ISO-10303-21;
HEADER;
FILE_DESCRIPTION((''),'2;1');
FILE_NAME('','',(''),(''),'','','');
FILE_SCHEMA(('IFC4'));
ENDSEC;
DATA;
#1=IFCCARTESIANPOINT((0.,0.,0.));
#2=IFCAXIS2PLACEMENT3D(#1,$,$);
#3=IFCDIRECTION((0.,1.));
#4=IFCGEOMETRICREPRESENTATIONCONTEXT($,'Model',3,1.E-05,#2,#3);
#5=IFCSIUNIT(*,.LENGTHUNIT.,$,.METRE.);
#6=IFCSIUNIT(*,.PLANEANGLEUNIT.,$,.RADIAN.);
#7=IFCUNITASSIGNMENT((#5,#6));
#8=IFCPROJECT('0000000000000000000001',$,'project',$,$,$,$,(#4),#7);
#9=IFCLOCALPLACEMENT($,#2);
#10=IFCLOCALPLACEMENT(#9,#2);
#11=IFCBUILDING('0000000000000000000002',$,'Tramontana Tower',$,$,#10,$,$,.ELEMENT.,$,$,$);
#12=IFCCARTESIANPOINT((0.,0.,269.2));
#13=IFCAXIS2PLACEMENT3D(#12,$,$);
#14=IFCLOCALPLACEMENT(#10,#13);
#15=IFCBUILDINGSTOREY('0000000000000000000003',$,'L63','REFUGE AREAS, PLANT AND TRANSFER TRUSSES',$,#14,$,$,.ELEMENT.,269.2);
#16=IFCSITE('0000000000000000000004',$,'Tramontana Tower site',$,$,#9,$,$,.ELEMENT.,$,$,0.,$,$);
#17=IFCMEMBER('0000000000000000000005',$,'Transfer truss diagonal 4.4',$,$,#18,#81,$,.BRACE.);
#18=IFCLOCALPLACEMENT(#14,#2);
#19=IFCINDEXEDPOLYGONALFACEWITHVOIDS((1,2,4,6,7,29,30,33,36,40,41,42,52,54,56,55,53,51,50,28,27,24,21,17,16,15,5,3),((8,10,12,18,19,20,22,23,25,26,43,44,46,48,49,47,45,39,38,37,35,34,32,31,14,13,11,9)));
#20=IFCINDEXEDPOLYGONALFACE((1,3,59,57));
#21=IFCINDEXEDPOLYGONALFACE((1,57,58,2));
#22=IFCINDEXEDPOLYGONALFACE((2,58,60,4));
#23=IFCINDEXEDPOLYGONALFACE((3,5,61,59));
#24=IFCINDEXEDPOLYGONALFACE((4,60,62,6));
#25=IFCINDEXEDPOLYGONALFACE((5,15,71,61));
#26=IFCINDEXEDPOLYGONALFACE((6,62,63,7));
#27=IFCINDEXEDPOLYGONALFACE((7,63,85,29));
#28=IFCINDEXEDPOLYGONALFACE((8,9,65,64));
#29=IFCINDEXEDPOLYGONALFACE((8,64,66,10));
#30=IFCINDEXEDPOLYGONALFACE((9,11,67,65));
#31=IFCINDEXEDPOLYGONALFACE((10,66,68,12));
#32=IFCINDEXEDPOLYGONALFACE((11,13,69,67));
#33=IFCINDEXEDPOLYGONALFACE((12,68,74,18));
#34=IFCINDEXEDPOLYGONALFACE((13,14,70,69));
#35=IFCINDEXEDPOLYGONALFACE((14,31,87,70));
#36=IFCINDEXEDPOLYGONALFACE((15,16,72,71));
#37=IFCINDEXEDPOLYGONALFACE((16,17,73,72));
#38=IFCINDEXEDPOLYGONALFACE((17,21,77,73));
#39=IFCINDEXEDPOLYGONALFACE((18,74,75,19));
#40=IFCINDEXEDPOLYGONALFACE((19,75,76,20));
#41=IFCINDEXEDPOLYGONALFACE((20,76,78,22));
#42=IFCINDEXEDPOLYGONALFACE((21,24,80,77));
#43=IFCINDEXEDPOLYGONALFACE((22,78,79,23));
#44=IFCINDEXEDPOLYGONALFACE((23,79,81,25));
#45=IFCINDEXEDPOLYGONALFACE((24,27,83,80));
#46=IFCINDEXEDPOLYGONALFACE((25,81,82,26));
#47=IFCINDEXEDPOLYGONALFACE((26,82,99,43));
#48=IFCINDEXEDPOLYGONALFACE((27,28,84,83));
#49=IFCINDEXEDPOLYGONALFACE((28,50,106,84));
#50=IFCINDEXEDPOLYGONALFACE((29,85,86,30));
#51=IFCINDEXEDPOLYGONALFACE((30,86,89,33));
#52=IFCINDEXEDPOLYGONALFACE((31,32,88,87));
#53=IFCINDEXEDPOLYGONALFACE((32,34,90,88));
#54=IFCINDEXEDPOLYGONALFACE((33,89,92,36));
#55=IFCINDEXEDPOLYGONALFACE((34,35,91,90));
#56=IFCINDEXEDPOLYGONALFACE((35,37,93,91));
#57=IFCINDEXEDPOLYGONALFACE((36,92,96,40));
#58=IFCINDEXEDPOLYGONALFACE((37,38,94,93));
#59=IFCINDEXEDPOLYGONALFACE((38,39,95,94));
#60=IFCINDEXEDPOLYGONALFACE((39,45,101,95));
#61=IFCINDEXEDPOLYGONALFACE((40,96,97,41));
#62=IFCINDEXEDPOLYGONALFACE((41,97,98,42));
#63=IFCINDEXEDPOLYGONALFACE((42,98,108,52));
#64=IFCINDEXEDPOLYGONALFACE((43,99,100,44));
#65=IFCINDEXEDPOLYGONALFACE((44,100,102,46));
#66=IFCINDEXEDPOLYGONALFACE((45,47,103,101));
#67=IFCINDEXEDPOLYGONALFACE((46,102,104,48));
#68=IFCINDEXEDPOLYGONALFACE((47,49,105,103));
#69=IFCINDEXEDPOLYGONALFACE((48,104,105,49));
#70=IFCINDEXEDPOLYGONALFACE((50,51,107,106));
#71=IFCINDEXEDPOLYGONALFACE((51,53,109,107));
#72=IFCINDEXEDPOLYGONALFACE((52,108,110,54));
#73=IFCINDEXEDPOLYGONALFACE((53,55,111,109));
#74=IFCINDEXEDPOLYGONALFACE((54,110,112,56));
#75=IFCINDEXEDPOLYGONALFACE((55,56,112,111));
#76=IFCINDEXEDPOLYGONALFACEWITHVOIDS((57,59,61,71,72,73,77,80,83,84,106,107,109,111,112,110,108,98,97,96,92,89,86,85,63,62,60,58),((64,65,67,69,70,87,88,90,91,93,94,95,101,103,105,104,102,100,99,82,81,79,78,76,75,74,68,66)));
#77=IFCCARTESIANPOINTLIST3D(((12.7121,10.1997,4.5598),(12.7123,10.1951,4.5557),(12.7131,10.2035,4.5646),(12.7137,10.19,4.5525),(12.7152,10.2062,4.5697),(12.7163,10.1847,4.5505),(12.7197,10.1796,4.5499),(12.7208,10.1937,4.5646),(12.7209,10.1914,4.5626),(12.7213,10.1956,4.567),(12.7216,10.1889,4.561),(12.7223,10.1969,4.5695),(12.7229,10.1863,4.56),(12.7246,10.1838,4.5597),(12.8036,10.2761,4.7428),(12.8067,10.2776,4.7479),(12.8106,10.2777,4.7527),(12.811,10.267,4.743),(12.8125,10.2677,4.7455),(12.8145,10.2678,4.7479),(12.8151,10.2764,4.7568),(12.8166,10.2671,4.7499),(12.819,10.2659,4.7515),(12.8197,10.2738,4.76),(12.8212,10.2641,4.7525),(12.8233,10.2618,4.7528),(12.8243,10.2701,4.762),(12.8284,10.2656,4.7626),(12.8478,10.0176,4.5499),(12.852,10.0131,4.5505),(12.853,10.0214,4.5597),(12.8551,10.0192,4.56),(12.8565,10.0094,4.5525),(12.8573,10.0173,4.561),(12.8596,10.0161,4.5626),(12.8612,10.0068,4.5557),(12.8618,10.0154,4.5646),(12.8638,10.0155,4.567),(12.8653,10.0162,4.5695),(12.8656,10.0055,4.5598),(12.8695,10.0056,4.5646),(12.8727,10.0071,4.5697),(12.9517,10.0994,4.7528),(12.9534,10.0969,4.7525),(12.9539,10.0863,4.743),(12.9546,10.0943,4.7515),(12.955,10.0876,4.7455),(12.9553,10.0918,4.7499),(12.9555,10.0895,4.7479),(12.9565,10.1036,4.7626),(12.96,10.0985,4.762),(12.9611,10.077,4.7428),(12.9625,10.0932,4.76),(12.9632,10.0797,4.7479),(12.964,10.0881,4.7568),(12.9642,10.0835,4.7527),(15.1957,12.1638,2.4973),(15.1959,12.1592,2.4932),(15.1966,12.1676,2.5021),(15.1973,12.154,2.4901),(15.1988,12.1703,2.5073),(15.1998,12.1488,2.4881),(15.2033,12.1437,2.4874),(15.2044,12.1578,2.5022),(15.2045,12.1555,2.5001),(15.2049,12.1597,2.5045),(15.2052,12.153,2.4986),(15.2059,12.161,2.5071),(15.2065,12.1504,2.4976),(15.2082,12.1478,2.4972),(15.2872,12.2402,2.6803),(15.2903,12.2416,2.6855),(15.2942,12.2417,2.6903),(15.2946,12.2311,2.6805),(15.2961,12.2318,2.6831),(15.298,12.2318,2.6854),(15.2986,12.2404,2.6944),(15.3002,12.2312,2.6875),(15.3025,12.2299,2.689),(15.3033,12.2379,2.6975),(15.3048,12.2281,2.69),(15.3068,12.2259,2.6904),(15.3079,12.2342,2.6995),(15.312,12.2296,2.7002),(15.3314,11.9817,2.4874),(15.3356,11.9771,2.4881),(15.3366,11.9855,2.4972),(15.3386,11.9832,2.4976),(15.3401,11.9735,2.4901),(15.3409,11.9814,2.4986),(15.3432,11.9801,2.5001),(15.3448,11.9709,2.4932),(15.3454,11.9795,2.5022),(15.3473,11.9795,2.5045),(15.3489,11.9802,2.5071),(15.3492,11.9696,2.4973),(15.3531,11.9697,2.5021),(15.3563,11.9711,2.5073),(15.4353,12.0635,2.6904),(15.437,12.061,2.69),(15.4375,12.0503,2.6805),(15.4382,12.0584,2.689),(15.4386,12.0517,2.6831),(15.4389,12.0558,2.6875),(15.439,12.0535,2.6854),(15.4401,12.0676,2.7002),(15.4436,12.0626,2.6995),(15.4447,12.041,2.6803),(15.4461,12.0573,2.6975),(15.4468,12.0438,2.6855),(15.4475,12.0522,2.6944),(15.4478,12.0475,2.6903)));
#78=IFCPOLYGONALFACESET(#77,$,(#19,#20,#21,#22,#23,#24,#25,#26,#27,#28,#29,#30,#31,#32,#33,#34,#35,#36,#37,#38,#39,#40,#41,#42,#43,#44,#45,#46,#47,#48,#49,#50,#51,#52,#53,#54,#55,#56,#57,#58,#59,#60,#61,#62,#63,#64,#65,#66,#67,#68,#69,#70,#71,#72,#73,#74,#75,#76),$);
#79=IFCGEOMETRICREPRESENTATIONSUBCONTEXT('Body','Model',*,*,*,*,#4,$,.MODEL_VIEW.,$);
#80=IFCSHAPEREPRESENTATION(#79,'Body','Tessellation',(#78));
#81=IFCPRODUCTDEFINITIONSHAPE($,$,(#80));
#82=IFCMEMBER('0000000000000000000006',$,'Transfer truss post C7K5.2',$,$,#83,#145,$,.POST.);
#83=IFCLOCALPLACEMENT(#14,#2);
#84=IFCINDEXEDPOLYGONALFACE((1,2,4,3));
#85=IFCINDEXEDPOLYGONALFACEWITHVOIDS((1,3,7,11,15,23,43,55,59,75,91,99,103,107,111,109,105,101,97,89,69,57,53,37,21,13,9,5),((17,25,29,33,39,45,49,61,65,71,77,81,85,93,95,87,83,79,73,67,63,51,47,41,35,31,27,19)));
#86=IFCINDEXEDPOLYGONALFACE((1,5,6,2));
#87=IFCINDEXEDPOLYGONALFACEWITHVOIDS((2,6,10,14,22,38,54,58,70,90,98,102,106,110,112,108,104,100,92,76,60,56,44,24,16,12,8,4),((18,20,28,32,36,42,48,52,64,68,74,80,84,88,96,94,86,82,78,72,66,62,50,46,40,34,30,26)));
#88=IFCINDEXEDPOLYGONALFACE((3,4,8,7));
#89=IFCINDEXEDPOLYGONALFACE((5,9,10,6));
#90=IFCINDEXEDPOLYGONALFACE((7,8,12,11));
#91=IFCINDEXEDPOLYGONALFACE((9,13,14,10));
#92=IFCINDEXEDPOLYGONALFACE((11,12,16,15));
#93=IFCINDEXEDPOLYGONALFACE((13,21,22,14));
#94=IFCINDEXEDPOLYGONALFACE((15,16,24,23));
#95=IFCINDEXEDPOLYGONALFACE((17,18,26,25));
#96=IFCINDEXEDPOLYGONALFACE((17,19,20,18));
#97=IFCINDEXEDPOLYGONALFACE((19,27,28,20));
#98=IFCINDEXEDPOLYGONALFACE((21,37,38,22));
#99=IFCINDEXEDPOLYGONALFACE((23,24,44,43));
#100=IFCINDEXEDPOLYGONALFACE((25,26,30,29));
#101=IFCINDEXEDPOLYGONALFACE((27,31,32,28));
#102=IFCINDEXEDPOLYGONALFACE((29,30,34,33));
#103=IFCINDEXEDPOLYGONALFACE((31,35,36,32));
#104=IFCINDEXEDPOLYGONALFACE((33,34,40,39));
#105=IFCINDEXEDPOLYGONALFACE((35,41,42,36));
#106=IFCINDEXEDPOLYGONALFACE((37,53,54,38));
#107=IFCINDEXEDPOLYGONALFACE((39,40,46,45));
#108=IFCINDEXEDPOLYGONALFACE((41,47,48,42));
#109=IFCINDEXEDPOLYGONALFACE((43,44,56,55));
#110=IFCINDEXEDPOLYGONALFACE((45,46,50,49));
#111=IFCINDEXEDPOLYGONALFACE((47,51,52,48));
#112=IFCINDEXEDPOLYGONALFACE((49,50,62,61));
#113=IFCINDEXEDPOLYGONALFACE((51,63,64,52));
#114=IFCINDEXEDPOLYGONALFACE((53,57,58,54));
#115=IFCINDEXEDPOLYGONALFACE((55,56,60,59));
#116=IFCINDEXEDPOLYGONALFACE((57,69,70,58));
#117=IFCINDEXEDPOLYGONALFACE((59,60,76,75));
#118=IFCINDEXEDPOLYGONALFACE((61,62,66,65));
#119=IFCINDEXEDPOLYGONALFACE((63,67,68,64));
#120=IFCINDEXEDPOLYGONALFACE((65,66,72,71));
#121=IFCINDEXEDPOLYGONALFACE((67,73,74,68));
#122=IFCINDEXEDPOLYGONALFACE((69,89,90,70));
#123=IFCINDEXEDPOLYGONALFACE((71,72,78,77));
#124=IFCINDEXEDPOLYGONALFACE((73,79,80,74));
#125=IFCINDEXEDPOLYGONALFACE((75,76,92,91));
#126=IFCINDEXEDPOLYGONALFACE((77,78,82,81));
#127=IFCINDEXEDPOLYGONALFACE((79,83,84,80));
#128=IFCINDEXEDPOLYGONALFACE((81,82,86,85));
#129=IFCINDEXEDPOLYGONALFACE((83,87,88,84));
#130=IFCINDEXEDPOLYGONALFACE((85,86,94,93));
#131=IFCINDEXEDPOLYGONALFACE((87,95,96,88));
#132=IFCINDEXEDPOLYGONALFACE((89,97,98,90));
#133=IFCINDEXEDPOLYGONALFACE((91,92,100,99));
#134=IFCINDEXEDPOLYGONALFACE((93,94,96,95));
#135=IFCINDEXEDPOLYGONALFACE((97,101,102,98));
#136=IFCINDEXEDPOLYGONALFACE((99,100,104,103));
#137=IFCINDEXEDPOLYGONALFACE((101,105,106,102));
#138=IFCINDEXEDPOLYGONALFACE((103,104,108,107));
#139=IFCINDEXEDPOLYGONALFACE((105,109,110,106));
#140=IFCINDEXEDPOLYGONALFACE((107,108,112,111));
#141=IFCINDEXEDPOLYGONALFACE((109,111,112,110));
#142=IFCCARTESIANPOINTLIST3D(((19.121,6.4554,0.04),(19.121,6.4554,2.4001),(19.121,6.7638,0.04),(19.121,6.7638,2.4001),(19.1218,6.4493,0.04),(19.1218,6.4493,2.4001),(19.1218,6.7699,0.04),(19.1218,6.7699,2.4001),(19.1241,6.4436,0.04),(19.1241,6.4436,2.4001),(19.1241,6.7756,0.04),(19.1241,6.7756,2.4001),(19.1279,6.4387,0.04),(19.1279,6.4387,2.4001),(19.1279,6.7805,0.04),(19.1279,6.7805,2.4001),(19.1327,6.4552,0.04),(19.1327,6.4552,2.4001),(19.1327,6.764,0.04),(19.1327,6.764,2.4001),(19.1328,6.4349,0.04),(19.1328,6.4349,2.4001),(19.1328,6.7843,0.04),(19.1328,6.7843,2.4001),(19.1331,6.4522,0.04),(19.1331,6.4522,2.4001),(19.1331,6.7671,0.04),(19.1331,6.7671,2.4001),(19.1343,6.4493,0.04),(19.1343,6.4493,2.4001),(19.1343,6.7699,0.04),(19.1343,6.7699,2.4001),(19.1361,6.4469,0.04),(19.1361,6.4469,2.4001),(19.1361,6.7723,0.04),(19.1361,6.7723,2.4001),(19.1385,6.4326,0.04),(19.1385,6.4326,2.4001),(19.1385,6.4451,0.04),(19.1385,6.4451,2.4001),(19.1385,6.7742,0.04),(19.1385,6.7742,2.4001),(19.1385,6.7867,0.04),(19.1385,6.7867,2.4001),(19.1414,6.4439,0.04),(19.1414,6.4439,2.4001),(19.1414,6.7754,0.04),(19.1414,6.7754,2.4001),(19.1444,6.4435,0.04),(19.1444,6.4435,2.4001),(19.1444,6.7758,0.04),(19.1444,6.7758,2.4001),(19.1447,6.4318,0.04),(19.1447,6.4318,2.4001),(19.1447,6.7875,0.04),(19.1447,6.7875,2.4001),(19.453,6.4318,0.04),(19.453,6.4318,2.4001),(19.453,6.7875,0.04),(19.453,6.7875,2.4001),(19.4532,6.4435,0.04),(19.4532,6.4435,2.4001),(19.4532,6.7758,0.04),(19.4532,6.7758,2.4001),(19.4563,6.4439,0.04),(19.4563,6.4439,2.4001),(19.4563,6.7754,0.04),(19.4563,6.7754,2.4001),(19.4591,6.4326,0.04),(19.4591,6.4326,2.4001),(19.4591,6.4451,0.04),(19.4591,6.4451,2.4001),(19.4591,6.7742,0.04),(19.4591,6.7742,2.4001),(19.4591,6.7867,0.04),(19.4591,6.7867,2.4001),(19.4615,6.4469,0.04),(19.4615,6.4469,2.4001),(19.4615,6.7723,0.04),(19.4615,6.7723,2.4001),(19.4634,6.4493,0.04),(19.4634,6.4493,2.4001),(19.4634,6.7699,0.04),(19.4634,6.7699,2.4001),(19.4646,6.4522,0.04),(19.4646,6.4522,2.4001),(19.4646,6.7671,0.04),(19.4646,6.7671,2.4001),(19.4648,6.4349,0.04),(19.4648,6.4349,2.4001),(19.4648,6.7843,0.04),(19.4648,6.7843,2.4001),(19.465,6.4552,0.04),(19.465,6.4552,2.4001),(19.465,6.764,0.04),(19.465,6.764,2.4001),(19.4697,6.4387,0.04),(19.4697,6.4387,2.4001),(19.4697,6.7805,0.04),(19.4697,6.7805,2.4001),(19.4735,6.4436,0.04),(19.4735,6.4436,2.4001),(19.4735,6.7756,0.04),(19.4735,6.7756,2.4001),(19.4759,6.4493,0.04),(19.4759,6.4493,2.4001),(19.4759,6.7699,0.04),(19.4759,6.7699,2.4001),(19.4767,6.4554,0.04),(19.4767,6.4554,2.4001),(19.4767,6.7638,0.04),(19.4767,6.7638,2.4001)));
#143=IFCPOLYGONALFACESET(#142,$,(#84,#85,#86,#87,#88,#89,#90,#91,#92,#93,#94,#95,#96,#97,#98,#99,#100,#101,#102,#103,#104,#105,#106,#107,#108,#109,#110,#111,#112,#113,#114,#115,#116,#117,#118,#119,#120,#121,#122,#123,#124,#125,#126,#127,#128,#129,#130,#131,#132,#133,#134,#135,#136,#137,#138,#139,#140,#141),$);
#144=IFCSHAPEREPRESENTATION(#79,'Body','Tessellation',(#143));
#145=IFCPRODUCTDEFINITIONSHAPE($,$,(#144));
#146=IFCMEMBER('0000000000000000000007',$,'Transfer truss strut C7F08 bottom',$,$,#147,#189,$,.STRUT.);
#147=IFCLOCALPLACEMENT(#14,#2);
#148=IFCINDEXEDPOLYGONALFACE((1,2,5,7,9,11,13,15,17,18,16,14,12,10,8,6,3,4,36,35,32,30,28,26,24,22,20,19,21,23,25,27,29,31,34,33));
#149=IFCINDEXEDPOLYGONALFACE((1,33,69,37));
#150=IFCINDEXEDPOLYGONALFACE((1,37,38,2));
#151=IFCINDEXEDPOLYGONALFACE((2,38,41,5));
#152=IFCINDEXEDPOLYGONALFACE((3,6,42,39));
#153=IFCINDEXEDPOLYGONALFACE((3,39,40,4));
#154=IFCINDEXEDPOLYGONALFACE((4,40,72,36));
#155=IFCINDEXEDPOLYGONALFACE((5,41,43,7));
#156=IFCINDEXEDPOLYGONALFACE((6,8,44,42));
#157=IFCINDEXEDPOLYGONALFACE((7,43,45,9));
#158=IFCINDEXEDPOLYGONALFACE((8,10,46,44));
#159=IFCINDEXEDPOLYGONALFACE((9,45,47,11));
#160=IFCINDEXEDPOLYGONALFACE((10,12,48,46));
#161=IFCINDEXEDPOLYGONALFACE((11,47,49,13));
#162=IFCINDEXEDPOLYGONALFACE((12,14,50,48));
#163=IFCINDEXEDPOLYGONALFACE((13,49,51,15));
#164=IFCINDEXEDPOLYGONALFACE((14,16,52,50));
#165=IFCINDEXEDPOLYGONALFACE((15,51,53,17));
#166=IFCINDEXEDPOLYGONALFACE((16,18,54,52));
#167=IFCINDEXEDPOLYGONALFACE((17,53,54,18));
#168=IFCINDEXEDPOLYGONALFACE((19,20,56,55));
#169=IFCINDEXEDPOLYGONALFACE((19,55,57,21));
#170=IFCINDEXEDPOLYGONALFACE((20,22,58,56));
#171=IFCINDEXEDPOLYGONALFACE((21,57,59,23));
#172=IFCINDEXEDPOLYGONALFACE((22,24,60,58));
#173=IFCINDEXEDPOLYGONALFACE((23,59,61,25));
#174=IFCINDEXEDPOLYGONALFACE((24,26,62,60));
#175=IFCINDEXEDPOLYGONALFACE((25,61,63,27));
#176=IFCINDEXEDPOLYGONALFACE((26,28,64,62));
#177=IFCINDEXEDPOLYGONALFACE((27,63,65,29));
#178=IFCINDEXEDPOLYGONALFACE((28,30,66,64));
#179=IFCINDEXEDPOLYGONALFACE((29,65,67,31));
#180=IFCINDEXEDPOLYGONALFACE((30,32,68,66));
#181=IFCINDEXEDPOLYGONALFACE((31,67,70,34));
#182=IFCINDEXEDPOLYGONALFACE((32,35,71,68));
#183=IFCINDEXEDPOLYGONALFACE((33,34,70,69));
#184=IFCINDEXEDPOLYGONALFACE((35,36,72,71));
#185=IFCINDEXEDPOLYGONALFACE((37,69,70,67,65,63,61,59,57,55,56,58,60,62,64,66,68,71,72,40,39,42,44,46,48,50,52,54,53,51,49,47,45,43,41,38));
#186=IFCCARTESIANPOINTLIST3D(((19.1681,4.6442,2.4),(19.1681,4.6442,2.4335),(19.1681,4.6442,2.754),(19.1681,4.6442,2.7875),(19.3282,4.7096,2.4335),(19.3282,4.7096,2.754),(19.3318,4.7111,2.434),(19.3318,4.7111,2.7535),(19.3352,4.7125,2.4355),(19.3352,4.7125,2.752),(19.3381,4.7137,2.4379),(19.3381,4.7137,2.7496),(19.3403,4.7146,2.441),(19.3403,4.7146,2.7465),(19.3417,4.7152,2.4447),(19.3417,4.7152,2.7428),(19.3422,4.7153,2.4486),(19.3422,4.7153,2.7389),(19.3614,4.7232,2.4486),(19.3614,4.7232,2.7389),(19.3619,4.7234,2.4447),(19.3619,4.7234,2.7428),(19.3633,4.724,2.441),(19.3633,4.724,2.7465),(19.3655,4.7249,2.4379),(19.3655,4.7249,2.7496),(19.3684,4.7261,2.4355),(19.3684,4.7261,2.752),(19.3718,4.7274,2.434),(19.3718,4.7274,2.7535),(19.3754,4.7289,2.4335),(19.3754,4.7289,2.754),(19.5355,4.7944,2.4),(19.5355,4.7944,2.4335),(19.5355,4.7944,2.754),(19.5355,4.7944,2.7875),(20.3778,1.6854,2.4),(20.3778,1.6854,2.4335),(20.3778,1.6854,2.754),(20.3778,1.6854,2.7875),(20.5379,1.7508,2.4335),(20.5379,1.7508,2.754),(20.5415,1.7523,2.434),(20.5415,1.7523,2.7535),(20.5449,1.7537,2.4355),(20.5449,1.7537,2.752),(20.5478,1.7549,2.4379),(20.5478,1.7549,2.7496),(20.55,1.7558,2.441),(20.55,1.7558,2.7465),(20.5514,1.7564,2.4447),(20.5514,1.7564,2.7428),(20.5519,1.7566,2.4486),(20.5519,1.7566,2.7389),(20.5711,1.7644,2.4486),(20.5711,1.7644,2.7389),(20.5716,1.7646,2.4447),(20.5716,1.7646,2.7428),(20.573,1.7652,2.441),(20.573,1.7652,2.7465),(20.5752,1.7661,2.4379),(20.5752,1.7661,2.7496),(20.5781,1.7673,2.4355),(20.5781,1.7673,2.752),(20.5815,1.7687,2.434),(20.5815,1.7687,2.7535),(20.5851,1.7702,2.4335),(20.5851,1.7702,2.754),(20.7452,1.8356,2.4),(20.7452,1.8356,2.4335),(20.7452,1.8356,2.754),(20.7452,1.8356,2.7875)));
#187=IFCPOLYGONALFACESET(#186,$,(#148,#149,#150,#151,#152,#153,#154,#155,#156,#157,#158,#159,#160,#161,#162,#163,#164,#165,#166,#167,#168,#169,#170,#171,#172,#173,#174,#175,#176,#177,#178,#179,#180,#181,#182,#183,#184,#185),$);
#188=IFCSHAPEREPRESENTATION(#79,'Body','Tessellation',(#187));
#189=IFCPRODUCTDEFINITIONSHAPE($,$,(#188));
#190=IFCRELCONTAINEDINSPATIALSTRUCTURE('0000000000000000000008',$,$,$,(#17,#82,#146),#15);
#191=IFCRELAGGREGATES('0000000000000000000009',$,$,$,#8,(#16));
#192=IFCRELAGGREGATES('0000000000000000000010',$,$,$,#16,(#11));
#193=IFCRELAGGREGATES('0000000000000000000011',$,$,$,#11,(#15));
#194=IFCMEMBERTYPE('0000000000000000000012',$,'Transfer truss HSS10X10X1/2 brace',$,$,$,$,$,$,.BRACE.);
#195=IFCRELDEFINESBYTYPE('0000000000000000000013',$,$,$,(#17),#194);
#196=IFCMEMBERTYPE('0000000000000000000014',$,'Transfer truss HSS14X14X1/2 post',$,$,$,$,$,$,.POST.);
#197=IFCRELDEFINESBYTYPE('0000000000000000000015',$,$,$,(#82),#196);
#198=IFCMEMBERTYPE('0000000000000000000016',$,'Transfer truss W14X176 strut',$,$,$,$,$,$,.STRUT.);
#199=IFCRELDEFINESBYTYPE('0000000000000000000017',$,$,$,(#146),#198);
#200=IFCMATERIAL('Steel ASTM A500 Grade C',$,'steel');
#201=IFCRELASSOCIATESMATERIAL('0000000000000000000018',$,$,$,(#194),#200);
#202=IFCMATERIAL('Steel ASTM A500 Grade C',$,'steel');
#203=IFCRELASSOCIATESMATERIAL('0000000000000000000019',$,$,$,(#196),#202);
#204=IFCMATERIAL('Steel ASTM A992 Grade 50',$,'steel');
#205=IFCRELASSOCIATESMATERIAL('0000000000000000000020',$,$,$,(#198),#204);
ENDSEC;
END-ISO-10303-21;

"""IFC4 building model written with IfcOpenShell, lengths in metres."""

from ifc_helpers import new_model, si_unit, direction, frame, origin, origin_2d, place, context, subcontext, project, spatial, hollow_rectangle, i_section, extrude, material, material_profile, profile_set, type_object, element, save


model = new_model("IFC4")

# Units and contexts
model_context = context("Model", 3, precision=1e-05, world=origin(), true_north=direction((0.0, 1.0)))
body_context = subcontext(model_context, "Body", "Model", "MODEL_VIEW")
ifc_project = project(units=[si_unit("LENGTHUNIT", "METRE"), si_unit("PLANEANGLEUNIT", "RADIAN")], contexts=[model_context])

# Site, building, storey
site_placement = place(None, origin())
site = spatial("IfcSite", under=ifc_project, at=site_placement, Name="Tramontana Tower site", CompositionType="ELEMENT", RefElevation=0.0)
building_placement = place(site_placement, origin())
building = spatial("IfcBuilding", under=site, at=building_placement, Name="Tramontana Tower", CompositionType="ELEMENT")
storey_placement = place(building_placement, frame((0.0, 0.0, 269.2)))
storey = spatial("IfcBuildingStorey", under=building, at=storey_placement, Name="L63", Description="REFUGE AREAS, PLANT AND TRANSFER TRUSSES", CompositionType="ELEMENT", Elevation=269.2)

# Members
ifc_material_1 = material(Name="Steel ASTM A500 Grade C", Category="steel")
ifc_material_profile_1 = material_profile(ifc_material_1, hollow_rectangle(XDim=0.2539, YDim=0.2539, WallThickness=0.0117, InnerFilletRadius=0.0117, OuterFilletRadius=0.0237, at=origin_2d()), Name="HSS10X10X1/2")
ifc_profile_set_1 = profile_set([ifc_material_profile_1], Name="Steel ASTM A500 Grade C")
member_type_1 = type_object("IfcMemberType", Name="Transfer truss HSS10X10X1/2 brace", PredefinedType="BRACE", material=ifc_profile_set_1)
member_1_placement = place(storey_placement, frame((12.8381, 10.1416, 4.6562), z_axis=(0.657239, 0.519757, -0.545793), x_axis=(-0.620294, 0.784369, 0.0)))
element("IfcMember", 1, at=member_1_placement, inside=storey, type_object=member_type_1, Name="Transfer truss diagonal 4.4", PredefinedType="BRACE", context=body_context, shape_type="SweptSolid", body=[
    extrude(hollow_rectangle(XDim=0.2539, YDim=0.2539, WallThickness=0.0117, InnerFilletRadius=0.0117, OuterFilletRadius=0.0237, at=origin_2d()), origin(), (0.0, 0.0, 1.0), 3.7788),
])
ifc_material_2 = material(Name="Steel ASTM A500 Grade C", Category="steel")
ifc_material_profile_2 = material_profile(ifc_material_2, hollow_rectangle(XDim=0.3557, YDim=0.3557, WallThickness=0.0117, InnerFilletRadius=0.0117, OuterFilletRadius=0.0237, at=origin_2d()), Name="HSS14X14X1/2")
ifc_profile_set_2 = profile_set([ifc_material_profile_2], Name="Steel ASTM A500 Grade C")
member_type_2 = type_object("IfcMemberType", Name="Transfer truss HSS14X14X1/2 post", PredefinedType="POST", material=ifc_profile_set_2)
member_2_placement = place(storey_placement, frame((19.2988, 6.6096, 0.04), z_axis=(0.0, 0.0, 1.0), x_axis=(1.0, 0.0, 0.0)))
element("IfcMember", 2, at=member_2_placement, inside=storey, type_object=member_type_2, Name="Transfer truss post C7K5.2", PredefinedType="POST", context=body_context, shape_type="SweptSolid", body=[
    extrude(hollow_rectangle(XDim=0.3557, YDim=0.3557, WallThickness=0.0117, InnerFilletRadius=0.0117, OuterFilletRadius=0.0237, at=origin_2d()), origin(), (0.0, 0.0, 1.0), 2.3601),
])
ifc_material_3 = material(Name="Steel ASTM A992 Grade 50", Category="steel")
ifc_material_profile_3 = material_profile(ifc_material_3, i_section(OverallWidth=0.397, OverallDepth=0.3875, WebThickness=0.0208, FlangeThickness=0.0334, FilletRadius=0.0151, at=origin_2d()), Name="W14X176")
ifc_profile_set_3 = profile_set([ifc_material_profile_3], Name="Steel ASTM A992 Grade 50")
member_type_3 = type_object("IfcMemberType", Name="Transfer truss W14X176 strut", PredefinedType="STRUT", material=ifc_profile_set_3)
member_3_placement = place(storey_placement, frame((20.5615, 1.7605, 2.5938), z_axis=(-0.378451, 0.925621, 0.0), x_axis=(-0.925621, -0.378451, 0.0)))
element("IfcMember", 3, at=member_3_placement, inside=storey, type_object=member_type_3, Name="Transfer truss strut C7F08 bottom", PredefinedType="STRUT", context=body_context, shape_type="SweptSolid", body=[
    extrude(i_section(OverallWidth=0.397, OverallDepth=0.3875, WebThickness=0.0208, FlangeThickness=0.0334, FilletRadius=0.0151, at=origin_2d()), origin(), (0.0, 0.0, 1.0), 3.1965),
])

save(model, "model.ifc")
